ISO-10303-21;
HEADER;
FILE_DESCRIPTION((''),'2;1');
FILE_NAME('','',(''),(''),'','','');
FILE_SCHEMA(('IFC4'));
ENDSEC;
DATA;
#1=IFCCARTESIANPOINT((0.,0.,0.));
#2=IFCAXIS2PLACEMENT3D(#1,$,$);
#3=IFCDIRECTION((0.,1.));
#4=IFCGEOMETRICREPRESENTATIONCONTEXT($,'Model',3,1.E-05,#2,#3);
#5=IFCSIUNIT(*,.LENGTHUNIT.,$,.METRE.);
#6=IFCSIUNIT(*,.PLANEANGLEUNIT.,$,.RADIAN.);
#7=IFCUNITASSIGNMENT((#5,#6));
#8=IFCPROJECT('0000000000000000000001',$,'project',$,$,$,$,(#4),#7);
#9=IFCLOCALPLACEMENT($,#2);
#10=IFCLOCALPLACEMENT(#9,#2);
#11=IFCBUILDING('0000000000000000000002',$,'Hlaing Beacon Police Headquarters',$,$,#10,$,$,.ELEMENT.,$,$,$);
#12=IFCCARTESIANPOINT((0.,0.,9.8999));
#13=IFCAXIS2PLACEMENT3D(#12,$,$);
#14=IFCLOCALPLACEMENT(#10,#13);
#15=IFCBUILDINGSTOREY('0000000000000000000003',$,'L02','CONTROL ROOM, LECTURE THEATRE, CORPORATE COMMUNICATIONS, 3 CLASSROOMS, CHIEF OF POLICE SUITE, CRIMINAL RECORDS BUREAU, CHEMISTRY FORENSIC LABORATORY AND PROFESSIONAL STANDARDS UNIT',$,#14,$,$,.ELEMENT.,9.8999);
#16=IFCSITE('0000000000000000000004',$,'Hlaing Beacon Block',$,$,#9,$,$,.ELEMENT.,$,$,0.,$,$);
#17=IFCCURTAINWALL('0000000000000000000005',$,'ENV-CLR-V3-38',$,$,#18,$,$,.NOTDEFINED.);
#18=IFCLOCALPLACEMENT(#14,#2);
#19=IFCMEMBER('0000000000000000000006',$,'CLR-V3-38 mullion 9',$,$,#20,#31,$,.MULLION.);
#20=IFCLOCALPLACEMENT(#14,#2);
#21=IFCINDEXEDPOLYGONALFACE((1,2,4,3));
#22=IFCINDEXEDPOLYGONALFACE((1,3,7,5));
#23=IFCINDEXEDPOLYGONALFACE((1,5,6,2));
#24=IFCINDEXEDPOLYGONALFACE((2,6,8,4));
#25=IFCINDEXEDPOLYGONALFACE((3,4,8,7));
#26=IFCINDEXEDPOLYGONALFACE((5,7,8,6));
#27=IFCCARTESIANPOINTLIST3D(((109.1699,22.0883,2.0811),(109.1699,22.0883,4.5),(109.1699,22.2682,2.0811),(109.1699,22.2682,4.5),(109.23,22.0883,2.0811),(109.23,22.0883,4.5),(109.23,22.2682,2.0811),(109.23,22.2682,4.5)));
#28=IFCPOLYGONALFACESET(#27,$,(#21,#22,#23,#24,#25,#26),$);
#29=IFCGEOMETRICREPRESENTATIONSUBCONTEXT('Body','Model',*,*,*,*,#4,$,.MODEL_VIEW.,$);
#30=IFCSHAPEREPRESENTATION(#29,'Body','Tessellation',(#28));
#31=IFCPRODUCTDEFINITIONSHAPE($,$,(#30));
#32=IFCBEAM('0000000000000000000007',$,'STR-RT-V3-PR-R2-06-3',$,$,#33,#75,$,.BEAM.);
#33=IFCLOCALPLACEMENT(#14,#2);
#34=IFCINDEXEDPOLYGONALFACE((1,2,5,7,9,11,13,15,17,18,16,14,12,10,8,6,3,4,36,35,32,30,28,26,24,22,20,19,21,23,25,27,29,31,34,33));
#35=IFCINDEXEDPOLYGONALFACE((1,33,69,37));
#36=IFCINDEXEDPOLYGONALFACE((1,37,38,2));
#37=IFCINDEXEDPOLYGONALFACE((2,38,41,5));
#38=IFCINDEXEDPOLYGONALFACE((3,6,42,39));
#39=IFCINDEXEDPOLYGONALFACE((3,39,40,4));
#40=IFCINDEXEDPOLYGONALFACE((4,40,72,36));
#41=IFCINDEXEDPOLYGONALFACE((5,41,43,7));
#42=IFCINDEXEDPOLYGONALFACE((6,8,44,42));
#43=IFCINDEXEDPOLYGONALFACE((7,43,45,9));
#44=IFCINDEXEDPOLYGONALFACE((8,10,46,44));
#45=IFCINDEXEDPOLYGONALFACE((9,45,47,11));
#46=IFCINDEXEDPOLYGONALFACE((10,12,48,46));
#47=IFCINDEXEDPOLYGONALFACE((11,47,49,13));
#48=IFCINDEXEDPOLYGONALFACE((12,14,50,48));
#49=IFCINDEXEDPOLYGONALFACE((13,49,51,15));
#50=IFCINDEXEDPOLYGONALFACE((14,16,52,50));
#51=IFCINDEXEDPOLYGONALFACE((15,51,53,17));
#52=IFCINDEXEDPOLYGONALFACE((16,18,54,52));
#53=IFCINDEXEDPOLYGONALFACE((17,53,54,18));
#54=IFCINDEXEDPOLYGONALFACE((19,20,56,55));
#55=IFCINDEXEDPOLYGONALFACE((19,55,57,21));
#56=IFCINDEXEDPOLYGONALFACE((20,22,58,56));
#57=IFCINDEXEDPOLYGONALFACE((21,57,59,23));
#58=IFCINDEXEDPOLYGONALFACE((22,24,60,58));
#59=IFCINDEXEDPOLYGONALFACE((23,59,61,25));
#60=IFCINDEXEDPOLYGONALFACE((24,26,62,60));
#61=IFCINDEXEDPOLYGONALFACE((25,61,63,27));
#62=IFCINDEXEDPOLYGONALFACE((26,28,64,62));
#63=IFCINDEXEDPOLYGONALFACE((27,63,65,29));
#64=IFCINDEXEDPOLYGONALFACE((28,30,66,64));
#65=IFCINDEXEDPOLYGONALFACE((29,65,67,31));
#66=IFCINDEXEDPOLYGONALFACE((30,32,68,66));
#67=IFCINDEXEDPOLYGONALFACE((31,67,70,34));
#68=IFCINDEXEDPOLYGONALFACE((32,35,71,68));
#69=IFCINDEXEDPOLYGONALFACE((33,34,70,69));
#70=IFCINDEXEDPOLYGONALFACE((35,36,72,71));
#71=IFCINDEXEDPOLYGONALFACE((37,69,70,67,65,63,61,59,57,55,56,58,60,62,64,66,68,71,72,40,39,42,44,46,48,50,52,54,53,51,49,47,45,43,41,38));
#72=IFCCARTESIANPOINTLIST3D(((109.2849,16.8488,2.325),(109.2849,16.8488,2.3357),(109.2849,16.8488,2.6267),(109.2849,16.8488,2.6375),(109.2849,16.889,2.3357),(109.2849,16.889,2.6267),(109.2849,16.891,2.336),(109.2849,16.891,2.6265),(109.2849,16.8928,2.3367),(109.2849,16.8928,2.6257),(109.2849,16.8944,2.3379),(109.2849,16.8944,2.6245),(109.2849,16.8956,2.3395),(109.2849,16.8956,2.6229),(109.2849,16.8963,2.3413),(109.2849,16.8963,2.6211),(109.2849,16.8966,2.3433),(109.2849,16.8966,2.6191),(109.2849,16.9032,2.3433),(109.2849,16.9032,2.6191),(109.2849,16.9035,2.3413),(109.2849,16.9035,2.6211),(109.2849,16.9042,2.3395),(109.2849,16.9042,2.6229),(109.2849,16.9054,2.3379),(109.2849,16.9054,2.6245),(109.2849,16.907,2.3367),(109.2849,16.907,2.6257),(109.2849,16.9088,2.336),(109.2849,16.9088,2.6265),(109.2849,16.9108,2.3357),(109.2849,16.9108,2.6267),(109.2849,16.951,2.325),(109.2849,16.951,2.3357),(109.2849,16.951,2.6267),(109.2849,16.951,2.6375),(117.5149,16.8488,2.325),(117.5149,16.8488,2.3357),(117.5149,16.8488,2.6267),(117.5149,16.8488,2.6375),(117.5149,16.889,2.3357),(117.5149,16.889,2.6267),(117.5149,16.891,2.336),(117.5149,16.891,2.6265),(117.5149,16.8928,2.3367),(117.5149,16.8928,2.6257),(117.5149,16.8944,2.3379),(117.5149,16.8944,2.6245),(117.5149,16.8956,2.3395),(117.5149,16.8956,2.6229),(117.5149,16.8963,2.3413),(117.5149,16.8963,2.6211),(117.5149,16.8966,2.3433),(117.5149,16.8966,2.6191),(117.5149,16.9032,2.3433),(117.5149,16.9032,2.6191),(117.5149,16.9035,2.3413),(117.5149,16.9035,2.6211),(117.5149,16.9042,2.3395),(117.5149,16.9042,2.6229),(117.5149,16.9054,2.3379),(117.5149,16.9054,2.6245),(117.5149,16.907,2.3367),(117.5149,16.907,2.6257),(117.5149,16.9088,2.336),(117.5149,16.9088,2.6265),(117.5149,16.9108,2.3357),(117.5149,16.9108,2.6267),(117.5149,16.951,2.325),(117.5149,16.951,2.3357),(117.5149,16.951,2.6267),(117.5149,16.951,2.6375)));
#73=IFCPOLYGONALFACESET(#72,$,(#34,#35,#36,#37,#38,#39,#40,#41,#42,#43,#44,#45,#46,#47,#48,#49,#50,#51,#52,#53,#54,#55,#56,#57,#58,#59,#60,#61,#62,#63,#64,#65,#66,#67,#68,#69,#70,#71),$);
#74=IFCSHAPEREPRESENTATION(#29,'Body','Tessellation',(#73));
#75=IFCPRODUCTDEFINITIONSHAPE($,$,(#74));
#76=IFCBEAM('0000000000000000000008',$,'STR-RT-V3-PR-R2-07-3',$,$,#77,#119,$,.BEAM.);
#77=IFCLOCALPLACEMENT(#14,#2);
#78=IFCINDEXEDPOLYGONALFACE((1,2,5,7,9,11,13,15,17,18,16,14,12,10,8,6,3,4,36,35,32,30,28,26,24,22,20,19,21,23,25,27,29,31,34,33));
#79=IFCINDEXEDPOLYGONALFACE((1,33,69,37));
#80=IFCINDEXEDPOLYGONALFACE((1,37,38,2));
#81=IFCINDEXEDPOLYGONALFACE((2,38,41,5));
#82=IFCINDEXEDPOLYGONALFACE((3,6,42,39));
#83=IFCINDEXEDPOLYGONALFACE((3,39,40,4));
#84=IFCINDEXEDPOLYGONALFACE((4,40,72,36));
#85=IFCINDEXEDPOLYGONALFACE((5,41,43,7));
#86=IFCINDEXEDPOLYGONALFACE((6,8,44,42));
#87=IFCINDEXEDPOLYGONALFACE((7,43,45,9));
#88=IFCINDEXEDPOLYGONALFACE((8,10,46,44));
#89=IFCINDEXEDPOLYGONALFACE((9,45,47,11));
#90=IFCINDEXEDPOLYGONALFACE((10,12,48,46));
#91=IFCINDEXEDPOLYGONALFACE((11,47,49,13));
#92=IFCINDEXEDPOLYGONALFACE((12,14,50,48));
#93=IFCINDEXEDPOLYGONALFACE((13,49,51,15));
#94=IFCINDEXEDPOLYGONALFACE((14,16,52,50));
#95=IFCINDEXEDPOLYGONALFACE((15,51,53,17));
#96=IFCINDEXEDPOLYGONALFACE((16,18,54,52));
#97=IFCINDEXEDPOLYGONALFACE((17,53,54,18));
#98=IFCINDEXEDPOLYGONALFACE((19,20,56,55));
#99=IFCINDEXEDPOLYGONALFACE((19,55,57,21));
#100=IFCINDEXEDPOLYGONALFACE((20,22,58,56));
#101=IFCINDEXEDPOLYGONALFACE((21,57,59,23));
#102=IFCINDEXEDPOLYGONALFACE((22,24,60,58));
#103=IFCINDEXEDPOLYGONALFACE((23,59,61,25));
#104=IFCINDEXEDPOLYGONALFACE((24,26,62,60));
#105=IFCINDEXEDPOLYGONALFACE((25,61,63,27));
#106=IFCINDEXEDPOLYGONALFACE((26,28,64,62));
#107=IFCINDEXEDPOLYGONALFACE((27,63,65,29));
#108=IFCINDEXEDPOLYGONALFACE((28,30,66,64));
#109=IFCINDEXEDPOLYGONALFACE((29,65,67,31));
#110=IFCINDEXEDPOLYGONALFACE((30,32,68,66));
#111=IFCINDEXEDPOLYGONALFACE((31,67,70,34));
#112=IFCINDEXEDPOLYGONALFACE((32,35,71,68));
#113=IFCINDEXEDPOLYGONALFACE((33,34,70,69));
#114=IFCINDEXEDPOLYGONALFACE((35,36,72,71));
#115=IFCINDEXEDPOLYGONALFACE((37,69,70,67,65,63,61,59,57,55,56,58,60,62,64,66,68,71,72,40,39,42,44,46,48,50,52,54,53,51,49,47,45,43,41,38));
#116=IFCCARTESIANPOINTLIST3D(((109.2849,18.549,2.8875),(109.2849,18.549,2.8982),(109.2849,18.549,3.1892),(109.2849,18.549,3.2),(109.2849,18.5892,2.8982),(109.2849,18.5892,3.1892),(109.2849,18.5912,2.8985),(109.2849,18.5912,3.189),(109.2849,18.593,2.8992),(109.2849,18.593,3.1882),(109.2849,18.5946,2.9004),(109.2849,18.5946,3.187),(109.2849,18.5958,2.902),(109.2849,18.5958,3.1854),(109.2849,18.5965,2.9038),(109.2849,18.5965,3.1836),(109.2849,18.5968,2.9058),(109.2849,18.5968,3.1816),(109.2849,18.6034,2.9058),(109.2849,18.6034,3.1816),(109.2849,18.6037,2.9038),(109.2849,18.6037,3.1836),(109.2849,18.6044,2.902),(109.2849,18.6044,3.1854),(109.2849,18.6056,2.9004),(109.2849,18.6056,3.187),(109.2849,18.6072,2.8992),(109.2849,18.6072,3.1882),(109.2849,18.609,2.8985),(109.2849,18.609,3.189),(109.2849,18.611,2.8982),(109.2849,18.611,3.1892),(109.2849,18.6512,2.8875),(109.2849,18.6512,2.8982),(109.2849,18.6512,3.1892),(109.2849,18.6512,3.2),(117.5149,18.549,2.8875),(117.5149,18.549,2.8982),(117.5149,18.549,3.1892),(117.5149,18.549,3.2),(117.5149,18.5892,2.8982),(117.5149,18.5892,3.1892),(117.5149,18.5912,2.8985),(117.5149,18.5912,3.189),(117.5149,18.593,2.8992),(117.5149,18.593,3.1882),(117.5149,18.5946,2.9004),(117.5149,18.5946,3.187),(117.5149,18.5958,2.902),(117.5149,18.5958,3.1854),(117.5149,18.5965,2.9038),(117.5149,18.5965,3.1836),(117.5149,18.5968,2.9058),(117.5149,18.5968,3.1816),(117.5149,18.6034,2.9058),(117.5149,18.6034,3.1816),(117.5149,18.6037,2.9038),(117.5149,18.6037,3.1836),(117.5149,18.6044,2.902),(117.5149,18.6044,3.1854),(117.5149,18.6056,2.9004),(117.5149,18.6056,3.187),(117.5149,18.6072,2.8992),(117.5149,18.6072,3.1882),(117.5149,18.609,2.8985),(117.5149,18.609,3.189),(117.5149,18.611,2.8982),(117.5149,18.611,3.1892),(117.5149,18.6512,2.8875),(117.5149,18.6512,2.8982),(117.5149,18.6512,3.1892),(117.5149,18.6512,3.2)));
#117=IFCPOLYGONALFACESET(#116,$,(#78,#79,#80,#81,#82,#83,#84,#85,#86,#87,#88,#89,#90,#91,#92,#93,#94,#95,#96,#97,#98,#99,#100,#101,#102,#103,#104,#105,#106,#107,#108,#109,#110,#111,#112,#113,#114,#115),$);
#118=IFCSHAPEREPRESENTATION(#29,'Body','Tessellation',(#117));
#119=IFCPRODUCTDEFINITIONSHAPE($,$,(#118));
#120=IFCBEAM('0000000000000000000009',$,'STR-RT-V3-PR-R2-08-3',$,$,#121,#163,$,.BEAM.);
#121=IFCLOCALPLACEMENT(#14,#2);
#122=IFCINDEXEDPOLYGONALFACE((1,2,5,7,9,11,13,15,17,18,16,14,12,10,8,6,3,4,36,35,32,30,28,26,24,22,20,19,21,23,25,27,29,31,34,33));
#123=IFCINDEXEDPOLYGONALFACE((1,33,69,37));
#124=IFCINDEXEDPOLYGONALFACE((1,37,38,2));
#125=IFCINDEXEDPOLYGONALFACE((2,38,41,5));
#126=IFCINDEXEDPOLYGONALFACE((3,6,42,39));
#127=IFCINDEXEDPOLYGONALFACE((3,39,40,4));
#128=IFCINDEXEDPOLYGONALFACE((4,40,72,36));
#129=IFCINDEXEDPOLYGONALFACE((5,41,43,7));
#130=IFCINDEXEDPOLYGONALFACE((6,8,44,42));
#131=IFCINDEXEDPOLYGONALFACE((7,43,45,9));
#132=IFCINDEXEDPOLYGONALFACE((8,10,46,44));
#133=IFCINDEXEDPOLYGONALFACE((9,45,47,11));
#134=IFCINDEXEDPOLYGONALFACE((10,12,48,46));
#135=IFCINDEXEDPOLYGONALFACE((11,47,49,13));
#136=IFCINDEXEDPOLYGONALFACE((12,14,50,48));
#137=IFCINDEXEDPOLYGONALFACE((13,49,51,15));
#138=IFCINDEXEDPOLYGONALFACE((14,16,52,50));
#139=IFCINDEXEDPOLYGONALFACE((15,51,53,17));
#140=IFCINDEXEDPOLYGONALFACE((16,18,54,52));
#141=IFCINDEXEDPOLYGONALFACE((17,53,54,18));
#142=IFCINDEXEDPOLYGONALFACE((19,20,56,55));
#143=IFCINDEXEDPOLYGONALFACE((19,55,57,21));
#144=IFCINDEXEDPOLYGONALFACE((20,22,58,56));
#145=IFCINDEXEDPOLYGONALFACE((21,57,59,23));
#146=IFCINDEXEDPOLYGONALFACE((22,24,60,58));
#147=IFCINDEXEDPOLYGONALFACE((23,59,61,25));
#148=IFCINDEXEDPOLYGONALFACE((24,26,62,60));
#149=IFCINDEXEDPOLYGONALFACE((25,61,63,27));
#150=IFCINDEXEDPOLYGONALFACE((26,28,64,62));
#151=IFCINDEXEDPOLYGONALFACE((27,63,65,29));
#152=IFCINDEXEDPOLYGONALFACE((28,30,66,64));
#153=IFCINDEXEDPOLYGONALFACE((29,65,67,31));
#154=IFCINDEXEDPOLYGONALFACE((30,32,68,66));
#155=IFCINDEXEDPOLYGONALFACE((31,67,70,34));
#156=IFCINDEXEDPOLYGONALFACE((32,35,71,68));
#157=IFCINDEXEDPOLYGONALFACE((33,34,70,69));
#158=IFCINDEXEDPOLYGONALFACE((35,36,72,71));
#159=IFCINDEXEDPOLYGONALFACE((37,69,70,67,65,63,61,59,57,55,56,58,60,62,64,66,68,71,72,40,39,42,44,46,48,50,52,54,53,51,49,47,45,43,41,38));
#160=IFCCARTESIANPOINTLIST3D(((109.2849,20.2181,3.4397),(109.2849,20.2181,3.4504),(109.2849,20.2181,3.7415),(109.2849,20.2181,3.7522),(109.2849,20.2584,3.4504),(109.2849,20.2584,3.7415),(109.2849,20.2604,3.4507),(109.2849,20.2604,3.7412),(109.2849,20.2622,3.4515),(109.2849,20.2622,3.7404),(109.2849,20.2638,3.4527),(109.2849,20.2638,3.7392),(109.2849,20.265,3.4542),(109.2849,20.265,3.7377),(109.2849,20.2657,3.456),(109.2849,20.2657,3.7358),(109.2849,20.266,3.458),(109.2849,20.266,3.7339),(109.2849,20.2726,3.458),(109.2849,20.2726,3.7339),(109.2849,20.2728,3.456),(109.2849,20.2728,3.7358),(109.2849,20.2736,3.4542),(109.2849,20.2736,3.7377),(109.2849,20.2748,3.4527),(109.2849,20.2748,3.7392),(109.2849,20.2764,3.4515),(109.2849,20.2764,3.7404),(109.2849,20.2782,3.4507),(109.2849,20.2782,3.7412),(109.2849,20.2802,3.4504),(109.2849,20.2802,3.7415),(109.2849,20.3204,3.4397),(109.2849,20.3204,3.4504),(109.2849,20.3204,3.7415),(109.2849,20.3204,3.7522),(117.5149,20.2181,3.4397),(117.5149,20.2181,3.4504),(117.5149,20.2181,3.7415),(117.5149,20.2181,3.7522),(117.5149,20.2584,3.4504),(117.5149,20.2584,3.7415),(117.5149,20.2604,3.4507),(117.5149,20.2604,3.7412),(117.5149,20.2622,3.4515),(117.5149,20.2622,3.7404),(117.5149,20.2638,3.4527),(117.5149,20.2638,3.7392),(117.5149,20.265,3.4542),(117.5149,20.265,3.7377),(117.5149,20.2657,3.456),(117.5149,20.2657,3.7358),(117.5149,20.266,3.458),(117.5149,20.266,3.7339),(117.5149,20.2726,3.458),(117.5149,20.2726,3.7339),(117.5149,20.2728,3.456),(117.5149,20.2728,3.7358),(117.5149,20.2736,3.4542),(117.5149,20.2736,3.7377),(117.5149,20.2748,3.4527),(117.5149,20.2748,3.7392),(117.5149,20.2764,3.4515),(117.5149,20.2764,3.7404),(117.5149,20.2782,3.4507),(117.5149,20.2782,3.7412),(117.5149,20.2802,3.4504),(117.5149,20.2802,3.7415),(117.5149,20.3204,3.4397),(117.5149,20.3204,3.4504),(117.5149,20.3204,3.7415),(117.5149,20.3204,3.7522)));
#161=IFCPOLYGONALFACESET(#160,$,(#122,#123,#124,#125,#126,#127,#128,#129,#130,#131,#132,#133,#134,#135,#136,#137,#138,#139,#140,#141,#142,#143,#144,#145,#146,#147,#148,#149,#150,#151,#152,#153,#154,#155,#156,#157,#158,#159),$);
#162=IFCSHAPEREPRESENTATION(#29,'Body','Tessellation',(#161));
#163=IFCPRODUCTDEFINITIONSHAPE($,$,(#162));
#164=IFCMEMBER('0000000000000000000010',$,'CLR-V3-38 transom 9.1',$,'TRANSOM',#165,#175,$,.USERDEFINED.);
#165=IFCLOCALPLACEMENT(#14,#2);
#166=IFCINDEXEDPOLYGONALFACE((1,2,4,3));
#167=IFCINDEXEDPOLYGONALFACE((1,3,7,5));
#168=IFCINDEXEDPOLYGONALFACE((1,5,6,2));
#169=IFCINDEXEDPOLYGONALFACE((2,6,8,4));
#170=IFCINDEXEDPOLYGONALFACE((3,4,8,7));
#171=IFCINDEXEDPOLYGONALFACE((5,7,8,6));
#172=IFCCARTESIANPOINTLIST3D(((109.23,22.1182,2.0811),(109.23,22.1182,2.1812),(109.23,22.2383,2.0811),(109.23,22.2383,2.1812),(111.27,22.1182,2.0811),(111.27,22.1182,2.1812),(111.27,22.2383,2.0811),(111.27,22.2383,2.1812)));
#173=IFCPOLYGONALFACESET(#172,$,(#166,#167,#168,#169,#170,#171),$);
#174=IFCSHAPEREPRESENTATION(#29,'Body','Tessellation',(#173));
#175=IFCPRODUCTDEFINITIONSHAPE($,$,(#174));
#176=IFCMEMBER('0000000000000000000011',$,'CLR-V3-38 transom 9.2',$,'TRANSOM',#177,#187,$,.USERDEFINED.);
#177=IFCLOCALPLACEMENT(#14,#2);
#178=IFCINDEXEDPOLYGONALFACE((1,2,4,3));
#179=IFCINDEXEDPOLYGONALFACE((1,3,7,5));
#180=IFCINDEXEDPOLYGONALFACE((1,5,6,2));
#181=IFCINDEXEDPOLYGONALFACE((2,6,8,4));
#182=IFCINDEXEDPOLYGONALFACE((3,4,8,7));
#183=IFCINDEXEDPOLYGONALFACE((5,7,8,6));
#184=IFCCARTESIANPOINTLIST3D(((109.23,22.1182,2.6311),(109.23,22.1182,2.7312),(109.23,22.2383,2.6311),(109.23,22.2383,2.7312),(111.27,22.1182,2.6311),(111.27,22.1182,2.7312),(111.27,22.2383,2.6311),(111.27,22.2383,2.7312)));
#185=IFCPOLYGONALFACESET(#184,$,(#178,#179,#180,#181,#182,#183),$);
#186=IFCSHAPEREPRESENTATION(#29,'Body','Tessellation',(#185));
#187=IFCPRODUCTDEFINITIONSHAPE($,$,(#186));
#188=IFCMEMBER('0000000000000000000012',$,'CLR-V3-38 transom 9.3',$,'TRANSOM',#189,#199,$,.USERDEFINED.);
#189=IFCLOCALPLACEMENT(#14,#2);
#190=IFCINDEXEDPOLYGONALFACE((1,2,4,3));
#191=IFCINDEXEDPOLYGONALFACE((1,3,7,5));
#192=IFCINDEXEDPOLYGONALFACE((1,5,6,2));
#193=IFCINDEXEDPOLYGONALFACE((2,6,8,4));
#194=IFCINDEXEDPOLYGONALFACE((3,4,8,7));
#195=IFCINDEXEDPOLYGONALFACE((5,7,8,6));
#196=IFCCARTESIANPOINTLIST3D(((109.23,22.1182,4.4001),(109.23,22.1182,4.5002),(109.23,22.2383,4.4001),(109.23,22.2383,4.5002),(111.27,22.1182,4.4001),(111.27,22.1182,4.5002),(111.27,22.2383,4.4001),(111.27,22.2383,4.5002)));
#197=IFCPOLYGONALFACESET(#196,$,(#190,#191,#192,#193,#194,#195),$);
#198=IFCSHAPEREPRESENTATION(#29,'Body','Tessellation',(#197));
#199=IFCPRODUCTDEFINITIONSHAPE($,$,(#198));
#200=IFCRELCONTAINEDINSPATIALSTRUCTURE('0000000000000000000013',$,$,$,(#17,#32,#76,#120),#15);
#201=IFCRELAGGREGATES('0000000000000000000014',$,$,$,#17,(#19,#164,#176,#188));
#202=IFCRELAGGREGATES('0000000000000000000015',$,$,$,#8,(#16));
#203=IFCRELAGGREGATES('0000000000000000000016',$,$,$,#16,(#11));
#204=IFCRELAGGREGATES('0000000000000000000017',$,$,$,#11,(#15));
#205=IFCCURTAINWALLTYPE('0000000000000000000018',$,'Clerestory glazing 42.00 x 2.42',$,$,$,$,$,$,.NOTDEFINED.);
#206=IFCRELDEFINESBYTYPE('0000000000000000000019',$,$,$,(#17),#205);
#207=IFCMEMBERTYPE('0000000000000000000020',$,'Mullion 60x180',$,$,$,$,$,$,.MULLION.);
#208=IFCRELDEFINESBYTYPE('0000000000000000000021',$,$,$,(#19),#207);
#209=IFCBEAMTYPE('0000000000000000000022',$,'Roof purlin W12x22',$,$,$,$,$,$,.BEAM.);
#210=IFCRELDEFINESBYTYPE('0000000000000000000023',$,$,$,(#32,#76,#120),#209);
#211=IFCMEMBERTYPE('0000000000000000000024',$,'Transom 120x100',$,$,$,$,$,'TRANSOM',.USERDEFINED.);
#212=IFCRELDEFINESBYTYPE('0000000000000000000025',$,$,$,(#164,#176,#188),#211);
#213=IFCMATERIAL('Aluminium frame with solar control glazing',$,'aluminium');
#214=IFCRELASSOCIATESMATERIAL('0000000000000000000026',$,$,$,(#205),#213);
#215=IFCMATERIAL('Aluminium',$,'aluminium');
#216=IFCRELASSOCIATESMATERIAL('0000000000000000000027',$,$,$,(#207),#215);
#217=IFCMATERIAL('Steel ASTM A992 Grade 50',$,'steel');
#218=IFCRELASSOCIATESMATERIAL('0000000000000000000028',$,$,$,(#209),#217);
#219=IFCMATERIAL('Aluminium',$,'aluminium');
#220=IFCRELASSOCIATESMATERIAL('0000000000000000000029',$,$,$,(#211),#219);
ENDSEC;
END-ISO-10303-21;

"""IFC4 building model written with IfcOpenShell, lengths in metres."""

from ifc_helpers import new_model, si_unit, direction, frame, origin, origin_2d, place, context, subcontext, project, spatial, rectangle, i_section, extrude, material, material_profile, profile_set, type_object, element, aggregate, save


model = new_model("IFC4")

# Units and contexts
model_context = context("Model", 3, precision=1e-05, world=origin(), true_north=direction((0.0, 1.0)))
body_context = subcontext(model_context, "Body", "Model", "MODEL_VIEW")
ifc_project = project(units=[si_unit("LENGTHUNIT", "METRE"), si_unit("PLANEANGLEUNIT", "RADIAN")], contexts=[model_context])

# Site, building, storey
site_placement = place(None, origin())
site = spatial("IfcSite", under=ifc_project, at=site_placement, Name="Hlaing Beacon Block", CompositionType="ELEMENT", RefElevation=0.0)
building_placement = place(site_placement, origin())
building = spatial("IfcBuilding", under=site, at=building_placement, Name="Hlaing Beacon Police Headquarters", CompositionType="ELEMENT")
storey_placement = place(building_placement, frame((0.0, 0.0, 9.8999)))
storey = spatial("IfcBuildingStorey", under=building, at=storey_placement, Name="L02", Description="CONTROL ROOM, LECTURE THEATRE, CORPORATE COMMUNICATIONS, 3 CLASSROOMS, CHIEF OF POLICE SUITE, CRIMINAL RECORDS BUREAU, CHEMISTRY FORENSIC LABORATORY AND PROFESSIONAL STANDARDS UNIT", CompositionType="ELEMENT", Elevation=9.8999)

# Curtain wall, member
ifc_material_1 = material(Name="Aluminium frame with solar control glazing", Category="aluminium")
curtain_wall_type = type_object("IfcCurtainWallType", Name="Clerestory glazing 42.00 x 2.42", PredefinedType="NOTDEFINED", material=ifc_material_1)
curtain_wall_placement = place(storey_placement, origin())
curtain_wall = element("IfcCurtainWall", 1, at=curtain_wall_placement, inside=storey, type_object=curtain_wall_type, Name="ENV-CLR-V3-38", PredefinedType="NOTDEFINED")
ifc_material_2 = material(Name="Aluminium", Category="aluminium")
ifc_material_profile_1 = material_profile(ifc_material_2, rectangle(XDim=0.1799, YDim=0.0601, at=origin_2d()), Name="Mullion 60x180")
ifc_profile_set_1 = profile_set([ifc_material_profile_1], Name="Aluminium")
member_type_1 = type_object("IfcMemberType", Name="Mullion 60x180", PredefinedType="MULLION", material=ifc_profile_set_1)
member_1_placement = place(storey_placement, frame((109.2, 22.1782, 2.0811), z_axis=(0.0, 0.0, 1.0), x_axis=(0.0, 1.0, 0.0)))
member_1 = element("IfcMember", 2, at=member_1_placement, type_object=member_type_1, Name="CLR-V3-38 mullion 9", PredefinedType="MULLION", context=body_context, shape_type="SweptSolid", body=[
    extrude(rectangle(XDim=0.1799, YDim=0.0601, at=origin_2d()), origin(), (0.0, 0.0, 1.0), 2.4189),
])

# Beams
ifc_material_3 = material(Name="Steel ASTM A992 Grade 50", Category="steel")
ifc_material_profile_2 = material_profile(ifc_material_3, i_section(OverallWidth=0.1023, OverallDepth=0.3125, WebThickness=0.0066, FlangeThickness=0.0107, FilletRadius=0.0076, at=origin_2d()), Name="W12x22")
ifc_profile_set_2 = profile_set([ifc_material_profile_2], Name="Steel ASTM A992 Grade 50")
beam_type_1 = type_object("IfcBeamType", Name="Roof purlin W12x22", PredefinedType="BEAM", material=ifc_profile_set_2)
for number, where, z_axis, x_axis, name in (
    (3, (109.2849, 16.8999, 2.4812), (1.0, 0.0, 0.0), (0.0, 1.0, 0.0), "STR-RT-V3-PR-R2-06-3"),
    (4, (109.2849, 18.6001, 3.0437), (1.0, 0.0, 0.0), (0.0, 1.0, 0.0), "STR-RT-V3-PR-R2-07-3"),
    (5, (109.2849, 20.2693, 3.5959), (1.0, 0.0, 0.0), (0.0, 1.0, 0.0), "STR-RT-V3-PR-R2-08-3"),
):
    element("IfcBeam", number, at=place(storey_placement, frame(where, z_axis=z_axis, x_axis=x_axis)), inside=storey, type_object=beam_type_1, Name=name, PredefinedType="BEAM", context=body_context, shape_type="SweptSolid", body=[
        extrude(i_section(OverallWidth=0.1023, OverallDepth=0.3125, WebThickness=0.0066, FlangeThickness=0.0107, FilletRadius=0.0076, at=origin_2d()), origin(), (0.0, 0.0, 1.0), 8.23),
    ])

# Members
ifc_material_4 = material(Name="Aluminium", Category="aluminium")
ifc_material_profile_3 = material_profile(ifc_material_4, rectangle(XDim=0.1201, YDim=0.1001, at=origin_2d()), Name="Transom 120x100")
ifc_profile_set_3 = profile_set([ifc_material_profile_3], Name="Aluminium")
member_type_2 = type_object("IfcMemberType", Name="Transom 120x100", ElementType="TRANSOM", PredefinedType="USERDEFINED", material=ifc_profile_set_3)
member_2_placement = place(storey_placement, frame((109.23, 22.1782, 2.1311), z_axis=(1.0, 0.0, 0.0), x_axis=(0.0, 1.0, 0.0)))
member_2 = element("IfcMember", 6, at=member_2_placement, type_object=member_type_2, Name="CLR-V3-38 transom 9.1", ObjectType="TRANSOM", PredefinedType="USERDEFINED", context=body_context, shape_type="SweptSolid", body=[
    extrude(rectangle(XDim=0.1201, YDim=0.1001, at=origin_2d()), origin(), (0.0, 0.0, 1.0), 2.04),
])
member_3_placement = place(storey_placement, frame((109.23, 22.1782, 2.6812), z_axis=(1.0, 0.0, 0.0), x_axis=(0.0, 1.0, 0.0)))
member_3 = element("IfcMember", 7, at=member_3_placement, type_object=member_type_2, Name="CLR-V3-38 transom 9.2", ObjectType="TRANSOM", PredefinedType="USERDEFINED", context=body_context, shape_type="SweptSolid", body=[
    extrude(rectangle(XDim=0.1201, YDim=0.1001, at=origin_2d()), origin(), (0.0, 0.0, 1.0), 2.04),
])
member_4_placement = place(storey_placement, frame((109.23, 22.1782, 4.4502), z_axis=(1.0, 0.0, 0.0), x_axis=(0.0, 1.0, 0.0)))
member_4 = element("IfcMember", 8, at=member_4_placement, type_object=member_type_2, Name="CLR-V3-38 transom 9.3", ObjectType="TRANSOM", PredefinedType="USERDEFINED", context=body_context, shape_type="SweptSolid", body=[
    extrude(rectangle(XDim=0.1201, YDim=0.1001, at=origin_2d()), origin(), (0.0, 0.0, 1.0), 2.04),
])

aggregate(curtain_wall, [member_1, member_2, member_3, member_4])

save(model, "model.ifc")
